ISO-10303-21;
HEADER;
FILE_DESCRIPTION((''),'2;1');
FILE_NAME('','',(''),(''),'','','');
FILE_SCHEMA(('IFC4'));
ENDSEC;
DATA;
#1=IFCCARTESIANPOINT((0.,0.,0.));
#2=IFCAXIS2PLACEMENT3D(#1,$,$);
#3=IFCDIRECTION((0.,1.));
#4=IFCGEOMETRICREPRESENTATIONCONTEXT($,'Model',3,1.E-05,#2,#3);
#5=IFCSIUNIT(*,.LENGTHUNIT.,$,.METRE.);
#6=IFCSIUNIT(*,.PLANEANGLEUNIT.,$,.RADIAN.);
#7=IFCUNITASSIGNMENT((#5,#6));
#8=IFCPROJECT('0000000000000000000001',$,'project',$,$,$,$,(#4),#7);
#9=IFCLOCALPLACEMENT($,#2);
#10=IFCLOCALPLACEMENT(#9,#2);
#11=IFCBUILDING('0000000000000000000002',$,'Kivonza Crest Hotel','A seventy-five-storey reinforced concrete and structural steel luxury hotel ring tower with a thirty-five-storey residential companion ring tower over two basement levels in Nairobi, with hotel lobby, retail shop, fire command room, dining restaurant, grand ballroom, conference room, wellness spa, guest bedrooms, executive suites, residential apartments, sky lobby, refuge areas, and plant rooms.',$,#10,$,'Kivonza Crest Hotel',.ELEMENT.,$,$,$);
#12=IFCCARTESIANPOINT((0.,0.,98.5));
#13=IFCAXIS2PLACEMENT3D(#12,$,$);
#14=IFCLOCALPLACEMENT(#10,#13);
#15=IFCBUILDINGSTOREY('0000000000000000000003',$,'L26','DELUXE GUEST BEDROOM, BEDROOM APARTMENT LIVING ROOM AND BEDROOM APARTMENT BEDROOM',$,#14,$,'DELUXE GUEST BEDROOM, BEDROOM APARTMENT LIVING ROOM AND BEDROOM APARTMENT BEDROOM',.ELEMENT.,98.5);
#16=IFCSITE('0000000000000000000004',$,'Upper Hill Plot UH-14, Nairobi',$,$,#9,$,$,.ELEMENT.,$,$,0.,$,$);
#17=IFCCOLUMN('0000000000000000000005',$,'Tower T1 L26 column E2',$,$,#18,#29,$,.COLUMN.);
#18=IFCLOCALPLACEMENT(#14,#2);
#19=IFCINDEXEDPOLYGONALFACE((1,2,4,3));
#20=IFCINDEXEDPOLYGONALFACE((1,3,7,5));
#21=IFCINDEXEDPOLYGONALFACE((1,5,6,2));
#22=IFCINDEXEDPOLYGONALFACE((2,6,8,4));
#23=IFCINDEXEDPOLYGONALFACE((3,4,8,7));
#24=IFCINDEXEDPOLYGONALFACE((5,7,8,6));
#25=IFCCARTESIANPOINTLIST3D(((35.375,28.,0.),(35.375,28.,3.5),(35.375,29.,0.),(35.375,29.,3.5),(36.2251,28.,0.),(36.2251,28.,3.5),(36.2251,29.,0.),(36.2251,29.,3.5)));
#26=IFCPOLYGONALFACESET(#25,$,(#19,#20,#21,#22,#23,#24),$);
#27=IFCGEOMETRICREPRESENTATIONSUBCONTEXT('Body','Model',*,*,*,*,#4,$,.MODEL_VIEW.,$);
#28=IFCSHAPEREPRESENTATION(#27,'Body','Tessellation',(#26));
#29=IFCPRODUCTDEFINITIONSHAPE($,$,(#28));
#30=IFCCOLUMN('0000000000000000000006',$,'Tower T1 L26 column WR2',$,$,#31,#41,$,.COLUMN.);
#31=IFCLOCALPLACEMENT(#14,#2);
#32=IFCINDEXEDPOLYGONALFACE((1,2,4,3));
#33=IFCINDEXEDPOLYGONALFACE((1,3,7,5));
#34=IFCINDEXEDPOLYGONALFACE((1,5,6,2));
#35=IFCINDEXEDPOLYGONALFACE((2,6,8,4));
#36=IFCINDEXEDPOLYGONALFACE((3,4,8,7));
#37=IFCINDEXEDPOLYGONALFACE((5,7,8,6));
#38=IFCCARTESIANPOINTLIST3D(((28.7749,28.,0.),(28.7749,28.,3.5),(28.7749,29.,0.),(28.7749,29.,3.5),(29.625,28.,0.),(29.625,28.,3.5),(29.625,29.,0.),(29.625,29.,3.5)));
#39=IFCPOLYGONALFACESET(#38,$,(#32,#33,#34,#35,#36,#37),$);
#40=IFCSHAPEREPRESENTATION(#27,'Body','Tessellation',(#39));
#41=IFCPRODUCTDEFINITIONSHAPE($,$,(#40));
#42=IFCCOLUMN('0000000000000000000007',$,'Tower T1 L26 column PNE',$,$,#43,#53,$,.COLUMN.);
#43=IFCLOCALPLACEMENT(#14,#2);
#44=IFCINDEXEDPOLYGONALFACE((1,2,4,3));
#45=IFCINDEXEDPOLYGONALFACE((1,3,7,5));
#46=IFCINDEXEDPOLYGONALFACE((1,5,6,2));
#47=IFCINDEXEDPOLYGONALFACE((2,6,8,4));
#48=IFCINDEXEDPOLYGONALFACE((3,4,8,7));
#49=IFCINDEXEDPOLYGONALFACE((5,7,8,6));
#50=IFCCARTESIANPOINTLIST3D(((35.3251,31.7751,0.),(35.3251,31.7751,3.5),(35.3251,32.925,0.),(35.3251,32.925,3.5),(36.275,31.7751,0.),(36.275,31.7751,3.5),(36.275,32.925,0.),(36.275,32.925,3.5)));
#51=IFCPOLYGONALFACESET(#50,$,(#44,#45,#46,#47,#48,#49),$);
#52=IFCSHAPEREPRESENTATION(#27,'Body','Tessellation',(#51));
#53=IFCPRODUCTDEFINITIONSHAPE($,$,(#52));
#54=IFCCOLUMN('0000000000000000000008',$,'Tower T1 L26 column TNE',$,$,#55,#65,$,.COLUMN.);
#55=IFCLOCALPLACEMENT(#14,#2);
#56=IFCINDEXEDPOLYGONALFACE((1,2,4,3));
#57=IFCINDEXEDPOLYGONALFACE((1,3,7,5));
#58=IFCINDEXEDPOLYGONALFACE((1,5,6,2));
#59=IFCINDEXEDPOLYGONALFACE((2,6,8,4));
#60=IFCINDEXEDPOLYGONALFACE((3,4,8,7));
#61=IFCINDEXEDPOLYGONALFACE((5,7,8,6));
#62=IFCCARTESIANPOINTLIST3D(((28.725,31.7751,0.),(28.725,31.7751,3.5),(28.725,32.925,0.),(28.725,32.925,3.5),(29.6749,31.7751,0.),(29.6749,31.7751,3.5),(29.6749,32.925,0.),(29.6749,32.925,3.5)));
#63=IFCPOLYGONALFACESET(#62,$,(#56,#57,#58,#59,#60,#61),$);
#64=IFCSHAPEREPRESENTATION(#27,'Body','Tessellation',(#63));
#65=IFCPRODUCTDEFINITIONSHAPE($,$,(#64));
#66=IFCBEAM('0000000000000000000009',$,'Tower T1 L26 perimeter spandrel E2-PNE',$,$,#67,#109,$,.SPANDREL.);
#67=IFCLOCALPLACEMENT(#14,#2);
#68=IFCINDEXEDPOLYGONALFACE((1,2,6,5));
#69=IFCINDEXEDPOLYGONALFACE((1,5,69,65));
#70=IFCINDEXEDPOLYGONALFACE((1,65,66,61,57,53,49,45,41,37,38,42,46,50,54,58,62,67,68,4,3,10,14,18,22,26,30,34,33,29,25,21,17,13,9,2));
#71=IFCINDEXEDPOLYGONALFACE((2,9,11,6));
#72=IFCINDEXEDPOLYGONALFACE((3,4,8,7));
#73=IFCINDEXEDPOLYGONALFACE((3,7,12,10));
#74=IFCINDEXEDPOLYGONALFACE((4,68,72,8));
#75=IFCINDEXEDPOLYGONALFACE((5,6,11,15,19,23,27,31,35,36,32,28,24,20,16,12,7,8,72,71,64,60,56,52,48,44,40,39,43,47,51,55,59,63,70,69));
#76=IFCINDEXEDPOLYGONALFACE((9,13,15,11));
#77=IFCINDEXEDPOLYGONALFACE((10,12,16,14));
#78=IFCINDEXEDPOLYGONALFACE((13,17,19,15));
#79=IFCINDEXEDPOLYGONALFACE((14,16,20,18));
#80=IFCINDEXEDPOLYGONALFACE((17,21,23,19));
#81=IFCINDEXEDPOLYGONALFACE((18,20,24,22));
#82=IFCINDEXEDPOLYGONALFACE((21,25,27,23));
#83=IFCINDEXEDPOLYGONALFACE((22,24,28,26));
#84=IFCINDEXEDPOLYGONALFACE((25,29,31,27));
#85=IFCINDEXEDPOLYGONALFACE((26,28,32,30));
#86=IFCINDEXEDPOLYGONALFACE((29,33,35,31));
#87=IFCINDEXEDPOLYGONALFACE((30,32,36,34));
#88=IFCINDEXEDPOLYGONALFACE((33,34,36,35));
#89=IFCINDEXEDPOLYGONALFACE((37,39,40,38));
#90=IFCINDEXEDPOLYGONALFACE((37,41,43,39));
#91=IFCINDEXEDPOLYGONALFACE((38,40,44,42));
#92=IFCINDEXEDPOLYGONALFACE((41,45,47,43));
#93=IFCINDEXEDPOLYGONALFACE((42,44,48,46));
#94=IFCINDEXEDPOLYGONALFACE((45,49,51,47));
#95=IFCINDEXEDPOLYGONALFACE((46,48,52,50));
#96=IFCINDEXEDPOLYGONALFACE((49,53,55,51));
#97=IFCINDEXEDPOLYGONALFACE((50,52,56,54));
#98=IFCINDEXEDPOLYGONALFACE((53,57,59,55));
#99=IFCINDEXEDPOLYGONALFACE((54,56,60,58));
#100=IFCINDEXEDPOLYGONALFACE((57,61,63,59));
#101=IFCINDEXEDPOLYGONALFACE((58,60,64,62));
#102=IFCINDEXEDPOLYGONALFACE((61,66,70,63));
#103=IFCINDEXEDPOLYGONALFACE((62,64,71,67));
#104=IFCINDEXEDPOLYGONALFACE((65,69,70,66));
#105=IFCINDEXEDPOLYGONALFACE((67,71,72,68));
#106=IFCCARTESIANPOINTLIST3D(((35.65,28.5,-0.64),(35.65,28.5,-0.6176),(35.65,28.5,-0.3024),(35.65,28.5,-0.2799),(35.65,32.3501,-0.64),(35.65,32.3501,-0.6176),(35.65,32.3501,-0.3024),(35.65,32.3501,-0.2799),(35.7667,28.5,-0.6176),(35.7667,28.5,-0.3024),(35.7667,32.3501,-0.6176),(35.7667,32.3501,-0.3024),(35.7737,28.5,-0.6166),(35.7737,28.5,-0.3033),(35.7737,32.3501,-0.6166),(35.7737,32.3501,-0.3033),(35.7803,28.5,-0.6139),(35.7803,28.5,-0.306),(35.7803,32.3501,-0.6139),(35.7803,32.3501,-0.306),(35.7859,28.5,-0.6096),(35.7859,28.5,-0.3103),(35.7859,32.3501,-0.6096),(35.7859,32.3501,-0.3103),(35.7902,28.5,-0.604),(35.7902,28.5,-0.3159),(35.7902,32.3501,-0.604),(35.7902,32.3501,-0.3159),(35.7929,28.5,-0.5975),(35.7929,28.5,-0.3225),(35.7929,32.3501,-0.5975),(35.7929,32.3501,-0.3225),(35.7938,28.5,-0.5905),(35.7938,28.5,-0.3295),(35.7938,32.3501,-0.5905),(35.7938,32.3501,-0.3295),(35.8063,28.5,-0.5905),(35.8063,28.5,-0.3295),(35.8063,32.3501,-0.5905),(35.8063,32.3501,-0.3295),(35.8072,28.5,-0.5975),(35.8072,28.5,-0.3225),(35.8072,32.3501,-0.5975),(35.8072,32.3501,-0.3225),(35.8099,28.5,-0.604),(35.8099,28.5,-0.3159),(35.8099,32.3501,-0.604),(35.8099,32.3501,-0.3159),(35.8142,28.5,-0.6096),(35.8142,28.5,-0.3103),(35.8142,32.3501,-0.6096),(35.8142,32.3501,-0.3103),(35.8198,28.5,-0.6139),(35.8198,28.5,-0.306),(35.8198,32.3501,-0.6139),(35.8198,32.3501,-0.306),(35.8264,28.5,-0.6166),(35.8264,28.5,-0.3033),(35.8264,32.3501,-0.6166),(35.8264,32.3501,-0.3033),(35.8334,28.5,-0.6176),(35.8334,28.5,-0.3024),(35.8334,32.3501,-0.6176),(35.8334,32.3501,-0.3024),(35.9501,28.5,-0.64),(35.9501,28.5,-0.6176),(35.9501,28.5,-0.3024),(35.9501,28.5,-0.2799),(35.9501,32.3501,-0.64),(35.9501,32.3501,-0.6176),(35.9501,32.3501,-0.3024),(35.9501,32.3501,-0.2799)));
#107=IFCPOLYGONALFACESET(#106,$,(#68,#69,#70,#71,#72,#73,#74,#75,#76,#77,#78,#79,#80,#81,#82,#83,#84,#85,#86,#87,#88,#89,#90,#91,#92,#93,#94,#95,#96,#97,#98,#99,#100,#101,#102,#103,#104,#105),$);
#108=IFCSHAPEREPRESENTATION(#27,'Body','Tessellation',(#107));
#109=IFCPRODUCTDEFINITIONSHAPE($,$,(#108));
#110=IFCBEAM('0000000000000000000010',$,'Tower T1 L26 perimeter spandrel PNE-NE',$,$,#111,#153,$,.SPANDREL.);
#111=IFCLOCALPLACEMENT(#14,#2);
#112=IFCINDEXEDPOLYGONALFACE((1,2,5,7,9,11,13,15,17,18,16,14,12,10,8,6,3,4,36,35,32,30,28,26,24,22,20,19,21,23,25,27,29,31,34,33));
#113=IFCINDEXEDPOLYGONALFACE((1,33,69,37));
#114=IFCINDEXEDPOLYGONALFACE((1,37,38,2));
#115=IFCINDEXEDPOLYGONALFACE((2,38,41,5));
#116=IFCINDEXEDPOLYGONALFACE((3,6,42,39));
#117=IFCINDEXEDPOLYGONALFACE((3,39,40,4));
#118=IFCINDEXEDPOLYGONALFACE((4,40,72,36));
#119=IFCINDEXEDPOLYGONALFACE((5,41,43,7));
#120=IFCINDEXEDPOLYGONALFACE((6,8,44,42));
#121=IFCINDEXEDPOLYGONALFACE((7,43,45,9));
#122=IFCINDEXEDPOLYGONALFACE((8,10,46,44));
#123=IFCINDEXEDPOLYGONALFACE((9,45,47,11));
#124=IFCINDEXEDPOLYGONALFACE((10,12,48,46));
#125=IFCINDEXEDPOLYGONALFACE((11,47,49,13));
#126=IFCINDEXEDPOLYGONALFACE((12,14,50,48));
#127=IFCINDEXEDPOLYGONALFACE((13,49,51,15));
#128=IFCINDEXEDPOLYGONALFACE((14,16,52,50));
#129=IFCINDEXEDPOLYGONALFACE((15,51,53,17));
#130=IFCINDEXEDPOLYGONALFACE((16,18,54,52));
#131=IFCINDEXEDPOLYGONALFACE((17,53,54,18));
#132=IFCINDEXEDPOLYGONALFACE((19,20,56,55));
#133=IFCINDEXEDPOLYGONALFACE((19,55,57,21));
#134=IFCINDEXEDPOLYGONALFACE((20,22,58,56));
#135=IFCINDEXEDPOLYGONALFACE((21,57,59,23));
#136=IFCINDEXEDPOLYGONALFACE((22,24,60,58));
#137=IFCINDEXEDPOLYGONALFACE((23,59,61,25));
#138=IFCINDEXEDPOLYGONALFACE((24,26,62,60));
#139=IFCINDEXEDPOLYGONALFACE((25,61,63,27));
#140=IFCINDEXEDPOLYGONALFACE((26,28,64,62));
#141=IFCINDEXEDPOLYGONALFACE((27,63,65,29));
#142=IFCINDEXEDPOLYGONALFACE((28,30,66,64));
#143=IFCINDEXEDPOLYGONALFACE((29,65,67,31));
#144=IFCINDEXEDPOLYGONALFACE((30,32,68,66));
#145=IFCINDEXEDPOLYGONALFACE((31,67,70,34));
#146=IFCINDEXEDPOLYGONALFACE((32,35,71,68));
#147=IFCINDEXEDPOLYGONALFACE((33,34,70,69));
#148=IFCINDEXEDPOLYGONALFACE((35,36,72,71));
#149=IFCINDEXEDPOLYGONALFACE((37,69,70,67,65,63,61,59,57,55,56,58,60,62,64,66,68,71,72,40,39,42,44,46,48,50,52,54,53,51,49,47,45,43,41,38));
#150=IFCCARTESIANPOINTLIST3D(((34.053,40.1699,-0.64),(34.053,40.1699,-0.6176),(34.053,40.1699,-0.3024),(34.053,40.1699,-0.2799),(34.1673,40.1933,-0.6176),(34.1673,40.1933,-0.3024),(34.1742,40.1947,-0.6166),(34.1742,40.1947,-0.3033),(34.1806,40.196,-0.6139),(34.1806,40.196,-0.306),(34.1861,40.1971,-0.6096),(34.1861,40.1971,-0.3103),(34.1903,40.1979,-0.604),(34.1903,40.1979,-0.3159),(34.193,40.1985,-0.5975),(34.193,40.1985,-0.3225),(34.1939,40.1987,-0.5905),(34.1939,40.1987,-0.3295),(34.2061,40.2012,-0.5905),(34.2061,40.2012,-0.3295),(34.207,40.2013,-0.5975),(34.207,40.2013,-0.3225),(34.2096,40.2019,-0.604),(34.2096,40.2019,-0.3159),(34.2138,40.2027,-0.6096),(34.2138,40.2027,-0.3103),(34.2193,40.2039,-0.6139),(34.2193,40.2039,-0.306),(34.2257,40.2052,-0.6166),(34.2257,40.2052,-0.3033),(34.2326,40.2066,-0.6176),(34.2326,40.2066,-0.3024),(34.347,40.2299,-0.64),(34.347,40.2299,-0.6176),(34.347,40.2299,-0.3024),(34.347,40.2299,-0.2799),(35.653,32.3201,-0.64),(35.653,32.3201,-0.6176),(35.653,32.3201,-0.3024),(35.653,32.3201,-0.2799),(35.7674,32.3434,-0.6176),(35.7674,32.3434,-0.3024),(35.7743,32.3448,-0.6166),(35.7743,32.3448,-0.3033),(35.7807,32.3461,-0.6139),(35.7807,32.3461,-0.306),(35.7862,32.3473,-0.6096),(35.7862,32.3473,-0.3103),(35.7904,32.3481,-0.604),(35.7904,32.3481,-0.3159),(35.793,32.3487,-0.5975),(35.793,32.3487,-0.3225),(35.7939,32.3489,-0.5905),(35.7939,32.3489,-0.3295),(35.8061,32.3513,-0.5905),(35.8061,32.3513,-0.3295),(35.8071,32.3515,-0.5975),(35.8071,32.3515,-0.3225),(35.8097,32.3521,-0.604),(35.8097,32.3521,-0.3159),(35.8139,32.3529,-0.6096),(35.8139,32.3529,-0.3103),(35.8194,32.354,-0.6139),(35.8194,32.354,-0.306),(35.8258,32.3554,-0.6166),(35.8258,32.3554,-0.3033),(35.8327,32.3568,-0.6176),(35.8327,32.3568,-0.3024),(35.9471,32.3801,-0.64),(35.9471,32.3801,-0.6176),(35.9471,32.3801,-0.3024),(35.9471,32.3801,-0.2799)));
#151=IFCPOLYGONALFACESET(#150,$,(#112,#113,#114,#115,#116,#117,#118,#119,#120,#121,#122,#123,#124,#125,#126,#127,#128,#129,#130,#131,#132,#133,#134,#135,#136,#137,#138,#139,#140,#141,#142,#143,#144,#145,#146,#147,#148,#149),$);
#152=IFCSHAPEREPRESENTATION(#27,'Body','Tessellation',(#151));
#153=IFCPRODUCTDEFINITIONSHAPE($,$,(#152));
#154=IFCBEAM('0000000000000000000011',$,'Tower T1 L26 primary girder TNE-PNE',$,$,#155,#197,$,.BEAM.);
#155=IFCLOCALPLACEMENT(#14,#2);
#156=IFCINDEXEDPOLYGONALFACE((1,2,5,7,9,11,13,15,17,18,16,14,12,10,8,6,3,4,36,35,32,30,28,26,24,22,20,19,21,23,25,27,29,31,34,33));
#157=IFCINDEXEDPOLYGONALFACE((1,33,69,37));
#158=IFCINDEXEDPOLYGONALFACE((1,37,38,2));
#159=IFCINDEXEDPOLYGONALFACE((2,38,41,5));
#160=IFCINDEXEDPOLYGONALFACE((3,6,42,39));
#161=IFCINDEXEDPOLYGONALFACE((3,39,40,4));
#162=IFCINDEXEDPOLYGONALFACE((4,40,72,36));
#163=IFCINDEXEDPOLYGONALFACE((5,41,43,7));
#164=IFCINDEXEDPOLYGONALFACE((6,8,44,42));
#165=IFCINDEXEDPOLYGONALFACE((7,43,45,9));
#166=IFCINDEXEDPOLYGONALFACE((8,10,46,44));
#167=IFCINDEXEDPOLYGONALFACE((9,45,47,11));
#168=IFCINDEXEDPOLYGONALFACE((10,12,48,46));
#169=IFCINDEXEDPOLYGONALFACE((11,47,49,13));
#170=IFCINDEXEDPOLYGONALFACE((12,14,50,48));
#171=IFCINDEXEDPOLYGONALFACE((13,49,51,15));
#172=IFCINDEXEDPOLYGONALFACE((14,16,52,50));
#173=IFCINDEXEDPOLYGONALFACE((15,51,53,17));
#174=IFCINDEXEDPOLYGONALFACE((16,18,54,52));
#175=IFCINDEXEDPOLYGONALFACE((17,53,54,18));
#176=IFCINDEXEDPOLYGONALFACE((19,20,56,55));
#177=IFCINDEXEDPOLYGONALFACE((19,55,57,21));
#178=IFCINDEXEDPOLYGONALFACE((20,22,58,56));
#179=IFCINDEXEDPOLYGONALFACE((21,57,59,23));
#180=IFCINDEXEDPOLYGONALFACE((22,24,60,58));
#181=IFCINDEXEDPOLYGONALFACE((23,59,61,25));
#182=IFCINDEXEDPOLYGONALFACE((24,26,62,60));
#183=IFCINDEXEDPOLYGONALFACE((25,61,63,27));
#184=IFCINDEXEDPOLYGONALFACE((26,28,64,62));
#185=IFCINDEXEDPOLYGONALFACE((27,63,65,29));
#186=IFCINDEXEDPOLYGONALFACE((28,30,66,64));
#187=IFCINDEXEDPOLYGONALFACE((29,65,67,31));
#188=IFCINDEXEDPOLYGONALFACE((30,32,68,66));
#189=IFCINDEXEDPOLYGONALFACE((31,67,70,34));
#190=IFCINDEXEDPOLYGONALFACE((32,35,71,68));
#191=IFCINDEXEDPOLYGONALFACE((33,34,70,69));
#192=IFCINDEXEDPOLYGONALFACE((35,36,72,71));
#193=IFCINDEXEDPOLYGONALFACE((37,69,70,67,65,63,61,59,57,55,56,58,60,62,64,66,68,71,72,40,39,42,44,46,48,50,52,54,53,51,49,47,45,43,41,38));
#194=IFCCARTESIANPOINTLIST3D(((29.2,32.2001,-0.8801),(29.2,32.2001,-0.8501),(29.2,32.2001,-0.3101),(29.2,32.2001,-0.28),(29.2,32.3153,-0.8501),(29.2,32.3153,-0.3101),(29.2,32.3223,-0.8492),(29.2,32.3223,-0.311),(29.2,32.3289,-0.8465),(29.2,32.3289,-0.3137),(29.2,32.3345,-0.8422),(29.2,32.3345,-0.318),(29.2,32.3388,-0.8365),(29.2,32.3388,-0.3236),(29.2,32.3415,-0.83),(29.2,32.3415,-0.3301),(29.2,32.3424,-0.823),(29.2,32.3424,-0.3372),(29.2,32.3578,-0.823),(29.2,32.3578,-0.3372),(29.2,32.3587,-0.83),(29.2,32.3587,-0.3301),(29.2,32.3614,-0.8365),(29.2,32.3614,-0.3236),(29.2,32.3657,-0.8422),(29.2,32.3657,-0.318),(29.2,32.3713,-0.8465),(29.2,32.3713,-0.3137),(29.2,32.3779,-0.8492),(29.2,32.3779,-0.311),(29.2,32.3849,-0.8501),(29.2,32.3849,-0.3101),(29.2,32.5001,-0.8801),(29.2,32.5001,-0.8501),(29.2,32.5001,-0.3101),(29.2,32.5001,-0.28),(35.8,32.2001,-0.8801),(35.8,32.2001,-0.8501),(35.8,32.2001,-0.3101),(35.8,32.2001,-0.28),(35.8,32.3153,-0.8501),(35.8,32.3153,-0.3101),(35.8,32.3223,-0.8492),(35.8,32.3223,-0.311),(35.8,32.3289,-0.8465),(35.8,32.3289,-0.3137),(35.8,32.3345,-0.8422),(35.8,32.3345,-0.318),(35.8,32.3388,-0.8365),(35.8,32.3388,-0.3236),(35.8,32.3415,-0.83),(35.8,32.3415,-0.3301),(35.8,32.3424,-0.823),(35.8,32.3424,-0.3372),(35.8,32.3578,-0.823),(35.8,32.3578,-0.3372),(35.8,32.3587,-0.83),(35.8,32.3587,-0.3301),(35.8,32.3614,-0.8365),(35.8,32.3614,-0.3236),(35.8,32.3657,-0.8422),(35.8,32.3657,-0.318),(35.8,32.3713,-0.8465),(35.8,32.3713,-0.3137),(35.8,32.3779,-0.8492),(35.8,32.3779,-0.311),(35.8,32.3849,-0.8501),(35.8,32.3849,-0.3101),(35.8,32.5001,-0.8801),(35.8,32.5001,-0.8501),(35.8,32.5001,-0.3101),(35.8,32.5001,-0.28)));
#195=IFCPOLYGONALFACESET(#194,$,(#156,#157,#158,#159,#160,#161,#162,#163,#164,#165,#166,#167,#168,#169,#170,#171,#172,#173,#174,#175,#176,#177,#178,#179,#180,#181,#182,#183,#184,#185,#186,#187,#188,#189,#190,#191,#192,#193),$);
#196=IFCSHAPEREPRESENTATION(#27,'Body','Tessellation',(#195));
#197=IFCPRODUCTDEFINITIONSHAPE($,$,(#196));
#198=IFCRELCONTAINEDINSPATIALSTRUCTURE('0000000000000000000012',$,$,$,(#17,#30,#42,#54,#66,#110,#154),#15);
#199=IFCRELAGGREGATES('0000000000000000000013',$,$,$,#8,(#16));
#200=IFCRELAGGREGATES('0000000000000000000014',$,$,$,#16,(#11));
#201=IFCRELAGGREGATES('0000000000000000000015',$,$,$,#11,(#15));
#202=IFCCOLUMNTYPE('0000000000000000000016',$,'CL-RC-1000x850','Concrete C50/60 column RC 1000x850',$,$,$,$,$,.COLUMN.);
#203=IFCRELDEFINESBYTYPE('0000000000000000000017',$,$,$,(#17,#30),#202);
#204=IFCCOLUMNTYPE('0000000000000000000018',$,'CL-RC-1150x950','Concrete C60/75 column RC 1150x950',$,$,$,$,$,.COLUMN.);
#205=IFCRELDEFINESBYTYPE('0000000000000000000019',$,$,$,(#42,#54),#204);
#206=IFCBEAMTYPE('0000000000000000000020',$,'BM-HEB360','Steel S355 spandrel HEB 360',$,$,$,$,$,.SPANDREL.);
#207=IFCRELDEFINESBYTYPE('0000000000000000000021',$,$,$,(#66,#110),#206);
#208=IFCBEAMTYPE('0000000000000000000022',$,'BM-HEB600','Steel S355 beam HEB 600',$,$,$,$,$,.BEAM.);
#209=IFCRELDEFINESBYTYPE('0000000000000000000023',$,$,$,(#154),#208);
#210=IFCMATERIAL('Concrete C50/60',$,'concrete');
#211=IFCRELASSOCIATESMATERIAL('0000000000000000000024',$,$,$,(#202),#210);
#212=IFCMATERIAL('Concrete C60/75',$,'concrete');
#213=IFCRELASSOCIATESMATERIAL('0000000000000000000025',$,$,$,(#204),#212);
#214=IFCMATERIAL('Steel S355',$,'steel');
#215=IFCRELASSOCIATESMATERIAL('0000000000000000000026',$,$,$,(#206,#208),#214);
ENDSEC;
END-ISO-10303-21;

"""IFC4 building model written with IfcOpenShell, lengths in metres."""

from ifc_helpers import new_model, si_unit, direction, frame, origin, origin_2d, place, context, subcontext, project, spatial, rectangle, i_section, extrude, material, material_profile, profile_set, type_object, element, save


model = new_model("IFC4")

# Units and contexts
model_context = context("Model", 3, precision=1e-05, world=origin(), true_north=direction((0.0, 1.0)))
body_context = subcontext(model_context, "Body", "Model", "MODEL_VIEW")
ifc_project = project(units=[si_unit("LENGTHUNIT", "METRE"), si_unit("PLANEANGLEUNIT", "RADIAN")], contexts=[model_context])

# Site, building, storey
site_placement = place(None, origin())
site = spatial("IfcSite", under=ifc_project, at=site_placement, Name="Upper Hill Plot UH-14, Nairobi", CompositionType="ELEMENT", RefElevation=0.0)
building_placement = place(site_placement, origin())
building = spatial("IfcBuilding", under=site, at=building_placement, Name="Kivonza Crest Hotel", Description="A seventy-five-storey reinforced concrete and structural steel luxury hotel ring tower with a thirty-five-storey residential companion ring tower over two basement levels in Nairobi, with hotel lobby, retail shop, fire command room, dining restaurant, grand ballroom, conference room, wellness spa, guest bedrooms, executive suites, residential apartments, sky lobby, refuge areas, and plant rooms.", LongName="Kivonza Crest Hotel", CompositionType="ELEMENT")
storey_placement = place(building_placement, frame((0.0, 0.0, 98.5)))
storey = spatial("IfcBuildingStorey", under=building, at=storey_placement, Name="L26", Description="DELUXE GUEST BEDROOM, BEDROOM APARTMENT LIVING ROOM AND BEDROOM APARTMENT BEDROOM", LongName="DELUXE GUEST BEDROOM, BEDROOM APARTMENT LIVING ROOM AND BEDROOM APARTMENT BEDROOM", CompositionType="ELEMENT", Elevation=98.5)

# Columns
ifc_material_1 = material(Name="Concrete C50/60", Category="concrete")
ifc_material_profile_1 = material_profile(ifc_material_1, rectangle(XDim=0.8501, YDim=1.0, at=origin_2d()), Name="RC 1000x850")
ifc_profile_set_1 = profile_set([ifc_material_profile_1], Name="Concrete C50/60")
column_type_1 = type_object("IfcColumnType", Name="CL-RC-1000x850", Description="Concrete C50/60 column RC 1000x850", PredefinedType="COLUMN", material=ifc_profile_set_1)
for number, where, z_axis, x_axis, name in (
    (1, (35.8, 28.5, 0.0), (0.0, 0.0, 1.0), (1.0, 0.0, 0.0), "Tower T1 L26 column E2"),
    (2, (29.2, 28.5, 0.0), (0.0, 0.0, 1.0), (1.0, 0.0, 0.0), "Tower T1 L26 column WR2"),
):
    element("IfcColumn", number, at=place(storey_placement, frame(where, z_axis=z_axis, x_axis=x_axis)), inside=storey, type_object=column_type_1, Name=name, PredefinedType="COLUMN", context=body_context, shape_type="SweptSolid", body=[
        extrude(rectangle(XDim=0.8501, YDim=1.0, at=origin_2d()), origin(), (0.0, 0.0, 1.0), 3.5),
    ])
ifc_material_2 = material(Name="Concrete C60/75", Category="concrete")
ifc_material_profile_2 = material_profile(ifc_material_2, rectangle(XDim=0.95, YDim=1.1499, at=origin_2d()), Name="RC 1150x950")
ifc_profile_set_2 = profile_set([ifc_material_profile_2], Name="Concrete C60/75")
column_type_2 = type_object("IfcColumnType", Name="CL-RC-1150x950", Description="Concrete C60/75 column RC 1150x950", PredefinedType="COLUMN", material=ifc_profile_set_2)
for number, where, z_axis, x_axis, name in (
    (3, (35.8, 32.3501, 0.0), (0.0, 0.0, 1.0), (1.0, 0.0, 0.0), "Tower T1 L26 column PNE"),
    (4, (29.2, 32.3501, 0.0), (0.0, 0.0, 1.0), (1.0, 0.0, 0.0), "Tower T1 L26 column TNE"),
):
    element("IfcColumn", number, at=place(storey_placement, frame(where, z_axis=z_axis, x_axis=x_axis)), inside=storey, type_object=column_type_2, Name=name, PredefinedType="COLUMN", context=body_context, shape_type="SweptSolid", body=[
        extrude(rectangle(XDim=0.95, YDim=1.1499, at=origin_2d()), origin(), (0.0, 0.0, 1.0), 3.5),
    ])

# Beams
ifc_material_3 = material(Name="Steel S355", Category="steel")
ifc_material_profile_3 = material_profile(ifc_material_3, i_section(OverallWidth=0.3, OverallDepth=0.3601, WebThickness=0.0125, FlangeThickness=0.0225, FilletRadius=0.0271, at=origin_2d()), Name="HEB 360")
ifc_profile_set_3 = profile_set([ifc_material_profile_3], Name="Steel S355")
beam_type_1 = type_object("IfcBeamType", Name="BM-HEB360", Description="Steel S355 spandrel HEB 360", PredefinedType="SPANDREL", material=ifc_profile_set_3)
beam_1_placement = place(storey_placement, frame((35.8, 28.5, -0.46), z_axis=(0.0, 1.0, 0.0), x_axis=(-1.0, 0.0, 0.0)))
element("IfcBeam", 5, at=beam_1_placement, inside=storey, type_object=beam_type_1, Name="Tower T1 L26 perimeter spandrel E2-PNE", PredefinedType="SPANDREL", context=body_context, shape_type="SweptSolid", body=[
    extrude(i_section(OverallWidth=0.3, OverallDepth=0.3601, WebThickness=0.0125, FlangeThickness=0.0225, FilletRadius=0.0271, at=origin_2d()), origin(), (0.0, 0.0, 1.0), 3.8501),
])
beam_2_placement = place(storey_placement, frame((35.8, 32.3501, -0.46), z_axis=(-0.199731, 0.979851, 0.0), x_axis=(-0.979851, -0.199731, 0.0)))
element("IfcBeam", 6, at=beam_2_placement, inside=storey, type_object=beam_type_1, Name="Tower T1 L26 perimeter spandrel PNE-NE", PredefinedType="SPANDREL", context=body_context, shape_type="SweptSolid", body=[
    extrude(i_section(OverallWidth=0.3, OverallDepth=0.3601, WebThickness=0.0125, FlangeThickness=0.0225, FilletRadius=0.0271, at=origin_2d()), origin(), (0.0, 0.0, 1.0), 8.0112),
])
ifc_material_profile_4 = material_profile(ifc_material_3, i_section(OverallWidth=0.3, OverallDepth=0.6001, WebThickness=0.0154, FlangeThickness=0.03, FilletRadius=0.0271, at=origin_2d()), Name="HEB 600")
ifc_profile_set_4 = profile_set([ifc_material_profile_4], Name="Steel S355")
beam_type_2 = type_object("IfcBeamType", Name="BM-HEB600", Description="Steel S355 beam HEB 600", PredefinedType="BEAM", material=ifc_profile_set_4)
beam_3_placement = place(storey_placement, frame((29.2, 32.3501, -0.5801), z_axis=(1.0, 0.0, 0.0), x_axis=(0.0, 1.0, 0.0)))
element("IfcBeam", 7, at=beam_3_placement, inside=storey, type_object=beam_type_2, Name="Tower T1 L26 primary girder TNE-PNE", PredefinedType="BEAM", context=body_context, shape_type="SweptSolid", body=[
    extrude(i_section(OverallWidth=0.3, OverallDepth=0.6001, WebThickness=0.0154, FlangeThickness=0.03, FilletRadius=0.0271, at=origin_2d()), origin(), (0.0, 0.0, 1.0), 6.6001),
])

save(model, "model.ifc")
